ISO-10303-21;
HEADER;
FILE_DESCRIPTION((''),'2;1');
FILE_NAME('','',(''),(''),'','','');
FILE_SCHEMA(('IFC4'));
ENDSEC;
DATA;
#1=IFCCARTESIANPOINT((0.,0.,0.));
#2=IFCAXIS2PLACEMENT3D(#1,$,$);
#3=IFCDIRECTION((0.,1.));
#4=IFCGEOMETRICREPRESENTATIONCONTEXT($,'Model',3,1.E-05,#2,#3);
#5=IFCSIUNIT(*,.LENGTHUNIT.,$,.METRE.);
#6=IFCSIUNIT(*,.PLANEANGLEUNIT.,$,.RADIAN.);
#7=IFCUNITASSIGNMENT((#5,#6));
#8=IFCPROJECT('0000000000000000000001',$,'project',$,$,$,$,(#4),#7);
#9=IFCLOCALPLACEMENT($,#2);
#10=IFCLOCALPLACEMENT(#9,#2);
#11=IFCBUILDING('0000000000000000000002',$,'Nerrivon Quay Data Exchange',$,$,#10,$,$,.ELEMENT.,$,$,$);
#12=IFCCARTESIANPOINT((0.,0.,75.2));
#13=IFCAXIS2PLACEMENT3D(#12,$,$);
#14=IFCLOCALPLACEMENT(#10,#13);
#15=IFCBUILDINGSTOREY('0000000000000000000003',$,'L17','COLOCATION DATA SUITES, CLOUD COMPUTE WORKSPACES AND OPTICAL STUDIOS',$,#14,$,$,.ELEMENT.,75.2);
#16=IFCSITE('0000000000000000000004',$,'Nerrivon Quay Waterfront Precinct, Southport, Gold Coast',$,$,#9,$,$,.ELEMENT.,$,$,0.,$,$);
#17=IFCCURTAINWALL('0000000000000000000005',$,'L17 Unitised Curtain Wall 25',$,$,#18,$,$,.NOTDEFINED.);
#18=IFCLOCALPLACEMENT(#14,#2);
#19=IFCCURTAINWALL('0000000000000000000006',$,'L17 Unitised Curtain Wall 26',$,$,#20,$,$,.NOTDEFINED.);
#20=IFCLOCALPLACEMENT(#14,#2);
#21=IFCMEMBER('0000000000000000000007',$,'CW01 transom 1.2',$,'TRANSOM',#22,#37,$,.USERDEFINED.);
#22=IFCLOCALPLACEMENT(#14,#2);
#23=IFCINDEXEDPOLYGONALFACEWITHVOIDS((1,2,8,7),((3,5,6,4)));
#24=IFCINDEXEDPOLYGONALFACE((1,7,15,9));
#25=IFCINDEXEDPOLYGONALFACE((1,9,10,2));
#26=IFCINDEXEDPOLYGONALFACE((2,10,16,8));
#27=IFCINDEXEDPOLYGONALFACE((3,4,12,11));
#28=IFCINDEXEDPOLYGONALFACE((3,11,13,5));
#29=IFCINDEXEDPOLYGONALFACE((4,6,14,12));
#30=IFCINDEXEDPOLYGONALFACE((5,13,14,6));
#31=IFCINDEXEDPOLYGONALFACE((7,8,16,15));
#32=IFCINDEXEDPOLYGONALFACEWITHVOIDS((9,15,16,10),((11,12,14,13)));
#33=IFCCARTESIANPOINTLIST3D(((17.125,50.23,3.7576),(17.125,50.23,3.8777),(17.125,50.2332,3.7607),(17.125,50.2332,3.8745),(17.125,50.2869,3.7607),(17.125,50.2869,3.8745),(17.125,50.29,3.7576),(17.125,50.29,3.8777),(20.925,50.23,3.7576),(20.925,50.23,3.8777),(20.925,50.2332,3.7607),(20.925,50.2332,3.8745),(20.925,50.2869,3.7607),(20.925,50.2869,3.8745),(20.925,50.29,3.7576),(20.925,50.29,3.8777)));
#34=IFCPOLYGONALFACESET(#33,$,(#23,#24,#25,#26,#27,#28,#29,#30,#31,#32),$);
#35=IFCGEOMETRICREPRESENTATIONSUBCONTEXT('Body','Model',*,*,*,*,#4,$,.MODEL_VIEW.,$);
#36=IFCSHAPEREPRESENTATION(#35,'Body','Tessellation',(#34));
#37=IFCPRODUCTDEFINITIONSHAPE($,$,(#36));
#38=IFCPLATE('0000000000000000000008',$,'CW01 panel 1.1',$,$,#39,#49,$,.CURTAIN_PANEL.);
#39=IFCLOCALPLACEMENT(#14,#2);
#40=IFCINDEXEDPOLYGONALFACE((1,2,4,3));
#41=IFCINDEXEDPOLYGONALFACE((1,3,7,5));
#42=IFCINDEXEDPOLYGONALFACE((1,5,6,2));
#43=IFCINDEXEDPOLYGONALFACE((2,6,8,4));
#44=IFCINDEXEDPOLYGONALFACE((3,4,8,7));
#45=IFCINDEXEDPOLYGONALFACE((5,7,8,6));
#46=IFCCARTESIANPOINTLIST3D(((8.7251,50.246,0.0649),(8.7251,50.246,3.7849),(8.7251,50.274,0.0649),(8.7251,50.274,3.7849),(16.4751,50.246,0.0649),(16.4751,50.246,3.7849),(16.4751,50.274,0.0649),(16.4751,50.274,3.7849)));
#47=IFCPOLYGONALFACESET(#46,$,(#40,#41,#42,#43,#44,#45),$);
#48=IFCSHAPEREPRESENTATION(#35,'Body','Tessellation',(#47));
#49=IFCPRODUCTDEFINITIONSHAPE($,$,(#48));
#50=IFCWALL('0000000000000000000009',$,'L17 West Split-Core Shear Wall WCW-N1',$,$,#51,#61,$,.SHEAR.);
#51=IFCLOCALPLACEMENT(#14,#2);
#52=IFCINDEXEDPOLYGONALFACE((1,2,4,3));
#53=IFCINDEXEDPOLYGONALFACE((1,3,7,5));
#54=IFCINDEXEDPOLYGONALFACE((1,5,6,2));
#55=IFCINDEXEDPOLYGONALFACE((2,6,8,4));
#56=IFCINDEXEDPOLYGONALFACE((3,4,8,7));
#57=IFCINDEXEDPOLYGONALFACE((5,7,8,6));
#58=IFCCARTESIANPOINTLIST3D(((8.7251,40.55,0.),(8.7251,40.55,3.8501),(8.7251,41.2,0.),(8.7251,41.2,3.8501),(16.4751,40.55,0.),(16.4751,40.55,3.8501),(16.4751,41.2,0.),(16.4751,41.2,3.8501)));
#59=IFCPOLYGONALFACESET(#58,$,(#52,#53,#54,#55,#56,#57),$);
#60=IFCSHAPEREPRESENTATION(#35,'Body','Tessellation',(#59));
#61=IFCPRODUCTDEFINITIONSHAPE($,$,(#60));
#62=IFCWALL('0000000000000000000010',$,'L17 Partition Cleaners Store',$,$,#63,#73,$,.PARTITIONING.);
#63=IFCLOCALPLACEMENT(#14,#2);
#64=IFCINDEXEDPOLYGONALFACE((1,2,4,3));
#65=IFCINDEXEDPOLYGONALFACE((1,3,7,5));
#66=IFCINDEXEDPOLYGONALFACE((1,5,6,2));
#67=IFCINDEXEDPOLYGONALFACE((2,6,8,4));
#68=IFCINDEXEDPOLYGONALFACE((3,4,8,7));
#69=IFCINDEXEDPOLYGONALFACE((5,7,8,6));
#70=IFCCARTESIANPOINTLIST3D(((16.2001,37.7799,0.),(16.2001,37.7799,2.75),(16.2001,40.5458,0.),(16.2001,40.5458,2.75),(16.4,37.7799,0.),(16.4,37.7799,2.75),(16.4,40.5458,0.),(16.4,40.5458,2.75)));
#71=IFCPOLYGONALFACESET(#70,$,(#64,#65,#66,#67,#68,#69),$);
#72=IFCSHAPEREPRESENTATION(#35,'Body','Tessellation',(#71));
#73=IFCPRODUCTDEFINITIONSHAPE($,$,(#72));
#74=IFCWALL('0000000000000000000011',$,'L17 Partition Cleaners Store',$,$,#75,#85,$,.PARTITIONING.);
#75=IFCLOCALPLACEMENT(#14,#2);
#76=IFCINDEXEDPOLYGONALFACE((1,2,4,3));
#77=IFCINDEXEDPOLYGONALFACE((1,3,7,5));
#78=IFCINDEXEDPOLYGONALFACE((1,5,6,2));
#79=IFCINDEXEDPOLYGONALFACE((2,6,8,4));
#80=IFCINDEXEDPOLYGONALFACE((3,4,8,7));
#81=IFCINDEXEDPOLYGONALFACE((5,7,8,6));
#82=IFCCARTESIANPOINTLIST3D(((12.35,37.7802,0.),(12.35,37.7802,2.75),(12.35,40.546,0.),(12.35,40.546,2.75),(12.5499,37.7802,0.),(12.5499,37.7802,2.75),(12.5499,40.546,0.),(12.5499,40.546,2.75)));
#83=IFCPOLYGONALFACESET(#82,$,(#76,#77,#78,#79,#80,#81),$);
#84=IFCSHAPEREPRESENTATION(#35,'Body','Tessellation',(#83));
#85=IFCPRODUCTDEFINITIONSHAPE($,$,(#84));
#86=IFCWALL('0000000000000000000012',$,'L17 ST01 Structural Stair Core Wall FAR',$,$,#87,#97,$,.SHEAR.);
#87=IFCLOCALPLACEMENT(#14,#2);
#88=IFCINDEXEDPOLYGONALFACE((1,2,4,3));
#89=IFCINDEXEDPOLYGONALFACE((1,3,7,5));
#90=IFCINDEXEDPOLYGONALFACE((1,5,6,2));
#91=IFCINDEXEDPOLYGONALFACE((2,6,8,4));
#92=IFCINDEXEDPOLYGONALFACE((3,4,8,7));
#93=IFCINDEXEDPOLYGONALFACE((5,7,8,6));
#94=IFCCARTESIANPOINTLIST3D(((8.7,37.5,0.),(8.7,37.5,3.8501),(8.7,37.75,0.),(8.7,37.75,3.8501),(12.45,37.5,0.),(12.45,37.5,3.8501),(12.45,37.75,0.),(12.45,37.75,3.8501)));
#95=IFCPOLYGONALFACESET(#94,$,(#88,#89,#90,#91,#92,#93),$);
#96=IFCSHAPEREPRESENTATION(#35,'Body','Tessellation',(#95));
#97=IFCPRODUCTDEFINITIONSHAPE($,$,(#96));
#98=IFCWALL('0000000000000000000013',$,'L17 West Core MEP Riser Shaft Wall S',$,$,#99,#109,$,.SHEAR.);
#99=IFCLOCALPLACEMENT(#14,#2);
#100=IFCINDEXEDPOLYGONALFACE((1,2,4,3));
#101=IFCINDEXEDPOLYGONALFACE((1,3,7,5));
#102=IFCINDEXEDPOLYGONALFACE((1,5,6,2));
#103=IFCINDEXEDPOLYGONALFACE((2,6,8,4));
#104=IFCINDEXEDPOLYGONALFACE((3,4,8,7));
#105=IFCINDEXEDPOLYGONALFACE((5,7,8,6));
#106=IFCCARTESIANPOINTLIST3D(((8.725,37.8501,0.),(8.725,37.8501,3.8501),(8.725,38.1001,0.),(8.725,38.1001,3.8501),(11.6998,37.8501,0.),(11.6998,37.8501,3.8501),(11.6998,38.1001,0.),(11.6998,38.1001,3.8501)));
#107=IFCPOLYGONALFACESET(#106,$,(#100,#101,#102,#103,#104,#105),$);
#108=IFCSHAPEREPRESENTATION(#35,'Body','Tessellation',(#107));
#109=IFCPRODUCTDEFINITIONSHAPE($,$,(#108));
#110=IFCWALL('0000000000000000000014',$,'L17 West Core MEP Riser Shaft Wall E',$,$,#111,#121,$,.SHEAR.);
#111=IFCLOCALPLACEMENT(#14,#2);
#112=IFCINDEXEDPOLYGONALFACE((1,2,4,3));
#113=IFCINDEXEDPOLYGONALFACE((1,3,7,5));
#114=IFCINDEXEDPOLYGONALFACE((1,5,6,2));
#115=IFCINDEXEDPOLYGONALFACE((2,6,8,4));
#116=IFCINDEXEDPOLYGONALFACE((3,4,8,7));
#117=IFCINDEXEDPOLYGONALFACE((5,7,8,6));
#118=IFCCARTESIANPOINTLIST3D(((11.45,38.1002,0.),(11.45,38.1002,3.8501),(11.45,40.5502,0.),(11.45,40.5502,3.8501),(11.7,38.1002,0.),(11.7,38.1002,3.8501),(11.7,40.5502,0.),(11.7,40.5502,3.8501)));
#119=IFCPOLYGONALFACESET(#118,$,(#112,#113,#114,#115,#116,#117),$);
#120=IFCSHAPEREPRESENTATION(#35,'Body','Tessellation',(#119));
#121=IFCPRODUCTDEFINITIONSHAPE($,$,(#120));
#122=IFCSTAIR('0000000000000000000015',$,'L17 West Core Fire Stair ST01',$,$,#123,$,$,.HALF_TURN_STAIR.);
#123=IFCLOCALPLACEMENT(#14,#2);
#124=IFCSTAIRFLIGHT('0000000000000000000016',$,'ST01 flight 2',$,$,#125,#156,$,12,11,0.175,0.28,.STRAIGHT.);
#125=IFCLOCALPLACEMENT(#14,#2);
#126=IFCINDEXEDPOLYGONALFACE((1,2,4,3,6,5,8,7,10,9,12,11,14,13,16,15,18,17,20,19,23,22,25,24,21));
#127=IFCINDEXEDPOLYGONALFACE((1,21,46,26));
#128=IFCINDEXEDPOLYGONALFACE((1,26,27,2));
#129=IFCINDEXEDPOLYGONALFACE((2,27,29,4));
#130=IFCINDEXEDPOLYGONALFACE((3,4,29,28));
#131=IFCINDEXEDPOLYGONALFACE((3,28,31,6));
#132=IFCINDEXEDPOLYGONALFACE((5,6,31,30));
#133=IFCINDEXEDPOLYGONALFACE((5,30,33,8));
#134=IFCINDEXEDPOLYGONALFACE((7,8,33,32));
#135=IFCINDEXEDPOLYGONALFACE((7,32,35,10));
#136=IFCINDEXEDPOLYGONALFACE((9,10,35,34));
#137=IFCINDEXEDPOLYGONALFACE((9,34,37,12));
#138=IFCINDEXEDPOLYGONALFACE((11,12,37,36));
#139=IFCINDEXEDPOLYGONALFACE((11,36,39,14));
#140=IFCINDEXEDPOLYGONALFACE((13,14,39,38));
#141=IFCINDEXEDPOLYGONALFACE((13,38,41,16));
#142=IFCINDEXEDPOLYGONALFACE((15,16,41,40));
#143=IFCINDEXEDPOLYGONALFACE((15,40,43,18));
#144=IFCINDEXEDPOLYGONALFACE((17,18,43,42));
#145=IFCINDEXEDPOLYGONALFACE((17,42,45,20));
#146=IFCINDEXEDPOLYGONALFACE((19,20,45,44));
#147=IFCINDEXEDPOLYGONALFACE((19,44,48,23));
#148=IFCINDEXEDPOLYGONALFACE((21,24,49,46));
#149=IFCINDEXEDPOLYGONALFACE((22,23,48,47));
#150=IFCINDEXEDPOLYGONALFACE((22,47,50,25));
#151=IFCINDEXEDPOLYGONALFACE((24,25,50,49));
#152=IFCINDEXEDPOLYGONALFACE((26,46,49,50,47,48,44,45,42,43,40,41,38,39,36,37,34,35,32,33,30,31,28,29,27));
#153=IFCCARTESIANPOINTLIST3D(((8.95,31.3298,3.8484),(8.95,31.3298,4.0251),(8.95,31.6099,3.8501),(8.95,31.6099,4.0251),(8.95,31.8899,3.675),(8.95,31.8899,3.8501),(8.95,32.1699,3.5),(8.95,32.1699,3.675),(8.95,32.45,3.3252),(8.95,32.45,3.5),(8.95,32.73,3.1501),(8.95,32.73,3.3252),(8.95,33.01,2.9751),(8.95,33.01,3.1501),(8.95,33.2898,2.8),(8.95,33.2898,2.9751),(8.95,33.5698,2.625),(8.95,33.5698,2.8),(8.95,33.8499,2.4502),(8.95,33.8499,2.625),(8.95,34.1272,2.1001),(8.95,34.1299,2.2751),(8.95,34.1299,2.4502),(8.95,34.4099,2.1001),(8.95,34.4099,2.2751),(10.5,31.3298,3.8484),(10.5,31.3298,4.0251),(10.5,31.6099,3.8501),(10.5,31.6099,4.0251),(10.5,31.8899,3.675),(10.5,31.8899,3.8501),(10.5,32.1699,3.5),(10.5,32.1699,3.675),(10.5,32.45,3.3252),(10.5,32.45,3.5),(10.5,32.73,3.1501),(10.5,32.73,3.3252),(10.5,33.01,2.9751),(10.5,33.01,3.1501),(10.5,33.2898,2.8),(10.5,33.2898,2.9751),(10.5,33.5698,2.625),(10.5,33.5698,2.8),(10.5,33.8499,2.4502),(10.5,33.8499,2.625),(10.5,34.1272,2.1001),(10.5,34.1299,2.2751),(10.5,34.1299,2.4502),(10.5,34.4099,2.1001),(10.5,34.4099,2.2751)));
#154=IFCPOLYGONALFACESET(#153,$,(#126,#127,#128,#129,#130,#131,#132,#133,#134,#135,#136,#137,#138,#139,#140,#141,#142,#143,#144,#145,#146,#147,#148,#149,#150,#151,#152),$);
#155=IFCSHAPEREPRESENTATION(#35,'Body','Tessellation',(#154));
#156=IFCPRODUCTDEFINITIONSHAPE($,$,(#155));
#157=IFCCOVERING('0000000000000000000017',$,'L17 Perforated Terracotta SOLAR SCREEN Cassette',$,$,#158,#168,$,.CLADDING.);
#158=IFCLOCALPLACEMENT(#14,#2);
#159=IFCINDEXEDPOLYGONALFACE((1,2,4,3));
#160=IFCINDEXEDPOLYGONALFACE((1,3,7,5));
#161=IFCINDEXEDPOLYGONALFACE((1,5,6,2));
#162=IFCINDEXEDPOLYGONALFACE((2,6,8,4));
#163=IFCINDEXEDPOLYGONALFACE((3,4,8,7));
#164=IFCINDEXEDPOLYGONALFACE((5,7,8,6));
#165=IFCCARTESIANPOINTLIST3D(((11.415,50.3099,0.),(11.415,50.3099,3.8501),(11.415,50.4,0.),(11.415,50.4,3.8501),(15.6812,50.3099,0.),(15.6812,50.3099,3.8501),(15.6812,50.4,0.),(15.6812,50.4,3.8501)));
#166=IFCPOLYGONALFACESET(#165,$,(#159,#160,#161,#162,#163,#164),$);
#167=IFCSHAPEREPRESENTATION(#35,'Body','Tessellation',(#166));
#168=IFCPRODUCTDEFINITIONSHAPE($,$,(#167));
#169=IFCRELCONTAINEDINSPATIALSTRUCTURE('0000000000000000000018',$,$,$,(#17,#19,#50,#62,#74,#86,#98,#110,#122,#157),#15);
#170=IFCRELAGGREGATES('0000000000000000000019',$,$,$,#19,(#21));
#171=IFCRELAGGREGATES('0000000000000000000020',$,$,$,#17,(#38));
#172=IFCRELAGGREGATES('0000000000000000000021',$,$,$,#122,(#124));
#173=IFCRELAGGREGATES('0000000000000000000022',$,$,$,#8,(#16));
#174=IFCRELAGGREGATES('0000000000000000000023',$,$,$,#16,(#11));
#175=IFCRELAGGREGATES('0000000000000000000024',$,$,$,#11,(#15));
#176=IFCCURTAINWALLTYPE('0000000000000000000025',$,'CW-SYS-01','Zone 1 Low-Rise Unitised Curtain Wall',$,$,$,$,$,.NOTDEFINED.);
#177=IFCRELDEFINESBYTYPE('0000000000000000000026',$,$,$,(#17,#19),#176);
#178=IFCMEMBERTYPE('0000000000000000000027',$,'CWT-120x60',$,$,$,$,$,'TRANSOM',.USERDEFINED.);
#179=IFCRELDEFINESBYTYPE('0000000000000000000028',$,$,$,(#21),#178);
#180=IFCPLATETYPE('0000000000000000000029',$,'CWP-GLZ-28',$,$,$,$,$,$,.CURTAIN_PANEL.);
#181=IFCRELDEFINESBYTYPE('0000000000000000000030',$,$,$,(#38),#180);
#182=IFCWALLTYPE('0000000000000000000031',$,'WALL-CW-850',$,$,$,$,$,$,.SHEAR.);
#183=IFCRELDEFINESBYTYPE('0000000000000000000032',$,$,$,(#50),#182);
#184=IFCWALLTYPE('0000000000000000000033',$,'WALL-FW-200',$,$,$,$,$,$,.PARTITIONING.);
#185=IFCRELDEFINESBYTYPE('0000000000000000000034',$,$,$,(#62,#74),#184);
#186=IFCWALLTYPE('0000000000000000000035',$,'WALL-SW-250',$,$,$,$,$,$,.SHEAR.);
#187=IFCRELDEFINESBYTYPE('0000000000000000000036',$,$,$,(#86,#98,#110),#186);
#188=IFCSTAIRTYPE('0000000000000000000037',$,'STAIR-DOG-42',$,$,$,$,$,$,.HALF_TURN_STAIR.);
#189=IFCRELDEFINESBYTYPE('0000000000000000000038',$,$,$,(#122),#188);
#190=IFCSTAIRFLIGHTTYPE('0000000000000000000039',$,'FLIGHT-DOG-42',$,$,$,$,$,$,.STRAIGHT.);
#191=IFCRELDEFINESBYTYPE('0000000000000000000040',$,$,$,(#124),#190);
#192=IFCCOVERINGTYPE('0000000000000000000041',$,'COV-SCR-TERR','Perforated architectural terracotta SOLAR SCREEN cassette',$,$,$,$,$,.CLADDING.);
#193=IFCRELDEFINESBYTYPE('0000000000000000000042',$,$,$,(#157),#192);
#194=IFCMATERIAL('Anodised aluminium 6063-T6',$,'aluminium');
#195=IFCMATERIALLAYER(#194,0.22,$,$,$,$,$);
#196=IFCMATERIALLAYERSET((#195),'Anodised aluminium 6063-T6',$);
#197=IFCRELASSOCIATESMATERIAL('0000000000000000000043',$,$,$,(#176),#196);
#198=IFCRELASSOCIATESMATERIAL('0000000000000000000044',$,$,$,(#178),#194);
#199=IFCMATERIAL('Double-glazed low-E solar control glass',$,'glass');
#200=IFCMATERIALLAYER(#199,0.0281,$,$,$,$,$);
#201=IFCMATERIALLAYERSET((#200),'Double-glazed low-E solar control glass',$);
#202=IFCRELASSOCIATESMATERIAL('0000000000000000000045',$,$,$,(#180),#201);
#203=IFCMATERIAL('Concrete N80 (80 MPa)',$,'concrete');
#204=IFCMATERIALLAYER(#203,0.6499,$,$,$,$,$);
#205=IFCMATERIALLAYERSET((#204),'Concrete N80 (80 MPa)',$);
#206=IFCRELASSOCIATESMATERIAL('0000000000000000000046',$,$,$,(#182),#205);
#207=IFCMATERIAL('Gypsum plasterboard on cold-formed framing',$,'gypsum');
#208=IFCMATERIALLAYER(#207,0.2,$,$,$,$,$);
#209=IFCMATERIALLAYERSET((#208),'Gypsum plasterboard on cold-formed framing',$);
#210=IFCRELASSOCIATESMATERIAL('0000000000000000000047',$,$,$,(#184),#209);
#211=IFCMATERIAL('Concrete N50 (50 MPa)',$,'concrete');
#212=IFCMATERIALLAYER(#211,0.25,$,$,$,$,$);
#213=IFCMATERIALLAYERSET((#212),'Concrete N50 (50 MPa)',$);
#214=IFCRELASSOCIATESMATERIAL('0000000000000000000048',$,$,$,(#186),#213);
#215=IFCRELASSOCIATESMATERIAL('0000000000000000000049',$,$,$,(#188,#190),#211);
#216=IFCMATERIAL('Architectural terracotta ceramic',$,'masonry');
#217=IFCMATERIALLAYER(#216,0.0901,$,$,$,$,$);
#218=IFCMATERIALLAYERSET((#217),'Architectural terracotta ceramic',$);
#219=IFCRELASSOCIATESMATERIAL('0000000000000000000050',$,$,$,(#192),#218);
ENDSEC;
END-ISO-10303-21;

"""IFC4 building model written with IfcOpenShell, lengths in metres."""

from ifc_helpers import new_model, si_unit, direction, frame, frame_2d, origin, origin_2d, place, context, subcontext, project, spatial, polyline, rectangle, hollow_rectangle, outline, extrude, material, layer, layer_set, material_profile, profile_set, type_object, element, aggregate, save


model = new_model("IFC4")

# Units and contexts
model_context = context("Model", 3, precision=1e-05, world=origin(), true_north=direction((0.0, 1.0)))
body_context = subcontext(model_context, "Body", "Model", "MODEL_VIEW")
ifc_project = project(units=[si_unit("LENGTHUNIT", "METRE"), si_unit("PLANEANGLEUNIT", "RADIAN")], contexts=[model_context])

# Site, building, storey
site_placement = place(None, origin())
site = spatial("IfcSite", under=ifc_project, at=site_placement, Name="Nerrivon Quay Waterfront Precinct, Southport, Gold Coast", CompositionType="ELEMENT", RefElevation=0.0)
building_placement = place(site_placement, origin())
building = spatial("IfcBuilding", under=site, at=building_placement, Name="Nerrivon Quay Data Exchange", CompositionType="ELEMENT")
storey_placement = place(building_placement, frame((0.0, 0.0, 75.2)))
storey = spatial("IfcBuildingStorey", under=building, at=storey_placement, Name="L17", Description="COLOCATION DATA SUITES, CLOUD COMPUTE WORKSPACES AND OPTICAL STUDIOS", CompositionType="ELEMENT", Elevation=75.2)

# Shared definitions
ifc_material_1 = material(Name="Concrete N80 (80 MPa)", Category="concrete")

# Curtain walls
ifc_material_2 = material(Name="Anodised aluminium 6063-T6", Category="aluminium")
ifc_layer_1 = layer(ifc_material_2, 0.22)
ifc_layer_set_1 = layer_set([ifc_layer_1], Name="Anodised aluminium 6063-T6")
curtain_wall_type = type_object("IfcCurtainWallType", Name="CW-SYS-01", Description="Zone 1 Low-Rise Unitised Curtain Wall", PredefinedType="NOTDEFINED", material=ifc_layer_set_1)
curtain_wall_1_placement = place(storey_placement, origin())
curtain_wall_1 = element("IfcCurtainWall", 1, at=curtain_wall_1_placement, inside=storey, type_object=curtain_wall_type, Name="L17 Unitised Curtain Wall 25", PredefinedType="NOTDEFINED")
curtain_wall_2_placement = place(storey_placement, origin())
curtain_wall_2 = element("IfcCurtainWall", 2, at=curtain_wall_2_placement, inside=storey, type_object=curtain_wall_type, Name="L17 Unitised Curtain Wall 26", PredefinedType="NOTDEFINED")

# Member
ifc_material_profile_1 = material_profile(ifc_material_2, hollow_rectangle(XDim=0.0601, YDim=0.1201, WallThickness=0.0032, at=origin_2d()), Name="ALU-TRAN-120x60")
ifc_profile_set_1 = profile_set([ifc_material_profile_1], Name="Anodised aluminium 6063-T6")
member_type_1 = type_object("IfcMemberType", Name="CWT-120x60", ElementType="TRANSOM", PredefinedType="USERDEFINED", material=ifc_profile_set_1)
member_1_placement = place(storey_placement, frame((17.125, 50.26, 3.8176), z_axis=(1.0, 0.0, 0.0), x_axis=(0.0, 1.0, 0.0)))
member_1 = element("IfcMember", 3, at=member_1_placement, type_object=member_type_1, Name="CW01 transom 1.2", ObjectType="TRANSOM", PredefinedType="USERDEFINED", context=body_context, shape_type="SweptSolid", body=[
    extrude(hollow_rectangle(XDim=0.0601, YDim=0.1201, WallThickness=0.0032, at=origin_2d()), origin(), (0.0, 0.0, 1.0), 3.8),
])
aggregate(curtain_wall_2, [member_1])

# Plate
ifc_material_3 = material(Name="Double-glazed low-E solar control glass", Category="glass")
ifc_layer_2 = layer(ifc_material_3, 0.0281)
ifc_layer_set_2 = layer_set([ifc_layer_2], Name="Double-glazed low-E solar control glass")
plate_type = type_object("IfcPlateType", Name="CWP-GLZ-28", PredefinedType="CURTAIN_PANEL", material=ifc_layer_set_2)
plate_placement = place(storey_placement, frame((12.6001, 50.26, 0.0649), z_axis=(0.0, 0.0, 1.0), x_axis=(1.0, 0.0, 0.0)))
plate = element("IfcPlate", 4, at=plate_placement, type_object=plate_type, Name="CW01 panel 1.1", PredefinedType="CURTAIN_PANEL", context=body_context, shape_type="SweptSolid", body=[
    extrude(rectangle(XDim=7.75, YDim=0.0281, at=origin_2d()), origin(), (0.0, 0.0, 1.0), 3.72),
])
aggregate(curtain_wall_1, [plate])

# Wall
ifc_layer_3 = layer(ifc_material_1, 0.6499)
ifc_layer_set_3 = layer_set([ifc_layer_3], Name="Concrete N80 (80 MPa)")
wall_type_1 = type_object("IfcWallType", Name="WALL-CW-850", PredefinedType="SHEAR", material=ifc_layer_set_3)
wall_1_placement = place(storey_placement, frame((8.7251, 40.875, 0.0), z_axis=(0.0, 0.0, 1.0), x_axis=(1.0, 0.0, 0.0)))
element("IfcWall", 5, at=wall_1_placement, inside=storey, type_object=wall_type_1, Name="L17 West Split-Core Shear Wall WCW-N1", PredefinedType="SHEAR", context=body_context, shape_type="SweptSolid", body=[
    extrude(rectangle(XDim=7.75, YDim=0.6499, at=frame_2d((3.875, 0.0))), origin(), (0.0, 0.0, 1.0), 3.8501),
])

# Walls
ifc_material_4 = material(Name="Gypsum plasterboard on cold-formed framing", Category="gypsum")
ifc_layer_4 = layer(ifc_material_4, 0.2)
ifc_layer_set_4 = layer_set([ifc_layer_4], Name="Gypsum plasterboard on cold-formed framing")
wall_type_2 = type_object("IfcWallType", Name="WALL-FW-200", PredefinedType="PARTITIONING", material=ifc_layer_set_4)
for number, where, z_axis, x_axis, name in (
    (6, (16.3, 37.78, 0.0), (0.0, 0.0, 1.0), (0.0, 1.0, 0.0), "L17 Partition Cleaners Store"),
    (7, (12.45, 40.5459, 0.0), (0.0, 0.0, 1.0), (0.0, -1.0, 0.0), "L17 Partition Cleaners Store"),
):
    element("IfcWall", number, at=place(storey_placement, frame(where, z_axis=z_axis, x_axis=x_axis)), inside=storey, type_object=wall_type_2, Name=name, PredefinedType="PARTITIONING", context=body_context, shape_type="SweptSolid", body=[
        extrude(rectangle(XDim=2.7659, YDim=0.2, at=frame_2d((1.3828, 0.0))), origin(), (0.0, 0.0, 1.0), 2.75),
    ])
ifc_material_5 = material(Name="Concrete N50 (50 MPa)", Category="concrete")
ifc_layer_5 = layer(ifc_material_5, 0.25)
ifc_layer_set_5 = layer_set([ifc_layer_5], Name="Concrete N50 (50 MPa)")
wall_type_3 = type_object("IfcWallType", Name="WALL-SW-250", PredefinedType="SHEAR", material=ifc_layer_set_5)
wall_2_placement = place(storey_placement, frame((12.45, 37.625, 0.0), z_axis=(0.0, 0.0, 1.0), x_axis=(-1.0, 0.0, 0.0)))
element("IfcWall", 8, at=wall_2_placement, inside=storey, type_object=wall_type_3, Name="L17 ST01 Structural Stair Core Wall FAR", PredefinedType="SHEAR", context=body_context, shape_type="SweptSolid", body=[
    extrude(rectangle(XDim=3.75, YDim=0.25, at=frame_2d((1.875, 0.0))), origin(), (0.0, 0.0, 1.0), 3.8501),
])
wall_3_placement = place(storey_placement, frame((8.7251, 37.9751, 0.0), z_axis=(0.0, 0.0, 1.0), x_axis=(1.0, 0.0, 0.0)))
element("IfcWall", 9, at=wall_3_placement, inside=storey, type_object=wall_type_3, Name="L17 West Core MEP Riser Shaft Wall S", PredefinedType="SHEAR", context=body_context, shape_type="SweptSolid", body=[
    extrude(rectangle(XDim=2.9749, YDim=0.25, at=frame_2d((1.4873, 0.0))), origin(), (0.0, 0.0, 1.0), 3.8501),
])
wall_4_placement = place(storey_placement, frame((11.575, 38.1001, 0.0), z_axis=(0.0, 0.0, 1.0), x_axis=(0.0, 1.0, 0.0)))
element("IfcWall", 10, at=wall_4_placement, inside=storey, type_object=wall_type_3, Name="L17 West Core MEP Riser Shaft Wall E", PredefinedType="SHEAR", context=body_context, shape_type="SweptSolid", body=[
    extrude(rectangle(XDim=2.45, YDim=0.25, at=frame_2d((1.2251, 0.0))), origin(), (0.0, 0.0, 1.0), 3.8501),
])

# Stair, stair flight
stair_type = type_object("IfcStairType", Name="STAIR-DOG-42", PredefinedType="HALF_TURN_STAIR", material=ifc_material_5)
stair_placement = place(storey_placement, origin())
stair = element("IfcStair", 11, at=stair_placement, inside=storey, type_object=stair_type, Name="L17 West Core Fire Stair ST01", PredefinedType="HALF_TURN_STAIR")
stair_flight_type = type_object("IfcStairFlightType", Name="FLIGHT-DOG-42", PredefinedType="STRAIGHT", material=ifc_material_5)
stair_flight_placement = place(storey_placement, frame((9.7251, 34.4099, 2.1001), z_axis=(0.0, 0.0, 1.0), x_axis=(0.0, -1.0, 0.0)))
stair_flight = element("IfcStairFlight", 12, at=stair_flight_placement, type_object=stair_flight_type, Name="ST01 flight 2", NumberOfRisers=12, NumberOfTreads=11, PredefinedType="STRAIGHT", RiserHeight=0.175, TreadLength=0.28, context=body_context, shape_type="SweptSolid", body=[
    extrude(outline(polyline([(0.0, 0.0), (0.0, 0.175), (0.28, 0.175), (0.28, 0.3501), (0.5601, 0.3501), (0.5601, 0.5249), (0.8401, 0.5249), (0.8401, 0.7), (1.1201, 0.7), (1.1201, 0.875), (1.3999, 0.875), (1.3999, 1.05), (1.6799, 1.05), (1.6799, 1.2251), (1.96, 1.2251), (1.96, 1.3999), (2.24, 1.3999), (2.24, 1.575), (2.52, 1.575), (2.52, 1.75), (2.8, 1.75), (2.8, 1.925), (3.0801, 1.925), (3.0801, 2.1001), (3.0801, 1.7483), (0.2827, 0.0), (0.0, 0.0)])), frame((0.0, 0.7749, 0.0), z_axis=(0.0, -1.0, 0.0), x_axis=(1.0, 0.0, 0.0)), (0.0, 0.0, 1.0), 1.55),
])
aggregate(stair, [stair_flight])

# Covering
ifc_material_6 = material(Name="Architectural terracotta ceramic", Category="masonry")
ifc_layer_6 = layer(ifc_material_6, 0.0901)
ifc_layer_set_6 = layer_set([ifc_layer_6], Name="Architectural terracotta ceramic")
covering_type = type_object("IfcCoveringType", Name="COV-SCR-TERR", Description="Perforated architectural terracotta SOLAR SCREEN cassette", PredefinedType="CLADDING", material=ifc_layer_set_6)
covering_placement = place(storey_placement, frame((13.5481, 50.355, 0.0), z_axis=(0.0, 0.0, 1.0), x_axis=(1.0, 0.0, 0.0)))
element("IfcCovering", 13, at=covering_placement, inside=storey, type_object=covering_type, Name="L17 Perforated Terracotta SOLAR SCREEN Cassette", PredefinedType="CLADDING", context=body_context, shape_type="SweptSolid", body=[
    extrude(rectangle(XDim=4.2661, YDim=0.0901, at=origin_2d()), origin(), (0.0, 0.0, 1.0), 3.8501),
])

save(model, "model.ifc")
